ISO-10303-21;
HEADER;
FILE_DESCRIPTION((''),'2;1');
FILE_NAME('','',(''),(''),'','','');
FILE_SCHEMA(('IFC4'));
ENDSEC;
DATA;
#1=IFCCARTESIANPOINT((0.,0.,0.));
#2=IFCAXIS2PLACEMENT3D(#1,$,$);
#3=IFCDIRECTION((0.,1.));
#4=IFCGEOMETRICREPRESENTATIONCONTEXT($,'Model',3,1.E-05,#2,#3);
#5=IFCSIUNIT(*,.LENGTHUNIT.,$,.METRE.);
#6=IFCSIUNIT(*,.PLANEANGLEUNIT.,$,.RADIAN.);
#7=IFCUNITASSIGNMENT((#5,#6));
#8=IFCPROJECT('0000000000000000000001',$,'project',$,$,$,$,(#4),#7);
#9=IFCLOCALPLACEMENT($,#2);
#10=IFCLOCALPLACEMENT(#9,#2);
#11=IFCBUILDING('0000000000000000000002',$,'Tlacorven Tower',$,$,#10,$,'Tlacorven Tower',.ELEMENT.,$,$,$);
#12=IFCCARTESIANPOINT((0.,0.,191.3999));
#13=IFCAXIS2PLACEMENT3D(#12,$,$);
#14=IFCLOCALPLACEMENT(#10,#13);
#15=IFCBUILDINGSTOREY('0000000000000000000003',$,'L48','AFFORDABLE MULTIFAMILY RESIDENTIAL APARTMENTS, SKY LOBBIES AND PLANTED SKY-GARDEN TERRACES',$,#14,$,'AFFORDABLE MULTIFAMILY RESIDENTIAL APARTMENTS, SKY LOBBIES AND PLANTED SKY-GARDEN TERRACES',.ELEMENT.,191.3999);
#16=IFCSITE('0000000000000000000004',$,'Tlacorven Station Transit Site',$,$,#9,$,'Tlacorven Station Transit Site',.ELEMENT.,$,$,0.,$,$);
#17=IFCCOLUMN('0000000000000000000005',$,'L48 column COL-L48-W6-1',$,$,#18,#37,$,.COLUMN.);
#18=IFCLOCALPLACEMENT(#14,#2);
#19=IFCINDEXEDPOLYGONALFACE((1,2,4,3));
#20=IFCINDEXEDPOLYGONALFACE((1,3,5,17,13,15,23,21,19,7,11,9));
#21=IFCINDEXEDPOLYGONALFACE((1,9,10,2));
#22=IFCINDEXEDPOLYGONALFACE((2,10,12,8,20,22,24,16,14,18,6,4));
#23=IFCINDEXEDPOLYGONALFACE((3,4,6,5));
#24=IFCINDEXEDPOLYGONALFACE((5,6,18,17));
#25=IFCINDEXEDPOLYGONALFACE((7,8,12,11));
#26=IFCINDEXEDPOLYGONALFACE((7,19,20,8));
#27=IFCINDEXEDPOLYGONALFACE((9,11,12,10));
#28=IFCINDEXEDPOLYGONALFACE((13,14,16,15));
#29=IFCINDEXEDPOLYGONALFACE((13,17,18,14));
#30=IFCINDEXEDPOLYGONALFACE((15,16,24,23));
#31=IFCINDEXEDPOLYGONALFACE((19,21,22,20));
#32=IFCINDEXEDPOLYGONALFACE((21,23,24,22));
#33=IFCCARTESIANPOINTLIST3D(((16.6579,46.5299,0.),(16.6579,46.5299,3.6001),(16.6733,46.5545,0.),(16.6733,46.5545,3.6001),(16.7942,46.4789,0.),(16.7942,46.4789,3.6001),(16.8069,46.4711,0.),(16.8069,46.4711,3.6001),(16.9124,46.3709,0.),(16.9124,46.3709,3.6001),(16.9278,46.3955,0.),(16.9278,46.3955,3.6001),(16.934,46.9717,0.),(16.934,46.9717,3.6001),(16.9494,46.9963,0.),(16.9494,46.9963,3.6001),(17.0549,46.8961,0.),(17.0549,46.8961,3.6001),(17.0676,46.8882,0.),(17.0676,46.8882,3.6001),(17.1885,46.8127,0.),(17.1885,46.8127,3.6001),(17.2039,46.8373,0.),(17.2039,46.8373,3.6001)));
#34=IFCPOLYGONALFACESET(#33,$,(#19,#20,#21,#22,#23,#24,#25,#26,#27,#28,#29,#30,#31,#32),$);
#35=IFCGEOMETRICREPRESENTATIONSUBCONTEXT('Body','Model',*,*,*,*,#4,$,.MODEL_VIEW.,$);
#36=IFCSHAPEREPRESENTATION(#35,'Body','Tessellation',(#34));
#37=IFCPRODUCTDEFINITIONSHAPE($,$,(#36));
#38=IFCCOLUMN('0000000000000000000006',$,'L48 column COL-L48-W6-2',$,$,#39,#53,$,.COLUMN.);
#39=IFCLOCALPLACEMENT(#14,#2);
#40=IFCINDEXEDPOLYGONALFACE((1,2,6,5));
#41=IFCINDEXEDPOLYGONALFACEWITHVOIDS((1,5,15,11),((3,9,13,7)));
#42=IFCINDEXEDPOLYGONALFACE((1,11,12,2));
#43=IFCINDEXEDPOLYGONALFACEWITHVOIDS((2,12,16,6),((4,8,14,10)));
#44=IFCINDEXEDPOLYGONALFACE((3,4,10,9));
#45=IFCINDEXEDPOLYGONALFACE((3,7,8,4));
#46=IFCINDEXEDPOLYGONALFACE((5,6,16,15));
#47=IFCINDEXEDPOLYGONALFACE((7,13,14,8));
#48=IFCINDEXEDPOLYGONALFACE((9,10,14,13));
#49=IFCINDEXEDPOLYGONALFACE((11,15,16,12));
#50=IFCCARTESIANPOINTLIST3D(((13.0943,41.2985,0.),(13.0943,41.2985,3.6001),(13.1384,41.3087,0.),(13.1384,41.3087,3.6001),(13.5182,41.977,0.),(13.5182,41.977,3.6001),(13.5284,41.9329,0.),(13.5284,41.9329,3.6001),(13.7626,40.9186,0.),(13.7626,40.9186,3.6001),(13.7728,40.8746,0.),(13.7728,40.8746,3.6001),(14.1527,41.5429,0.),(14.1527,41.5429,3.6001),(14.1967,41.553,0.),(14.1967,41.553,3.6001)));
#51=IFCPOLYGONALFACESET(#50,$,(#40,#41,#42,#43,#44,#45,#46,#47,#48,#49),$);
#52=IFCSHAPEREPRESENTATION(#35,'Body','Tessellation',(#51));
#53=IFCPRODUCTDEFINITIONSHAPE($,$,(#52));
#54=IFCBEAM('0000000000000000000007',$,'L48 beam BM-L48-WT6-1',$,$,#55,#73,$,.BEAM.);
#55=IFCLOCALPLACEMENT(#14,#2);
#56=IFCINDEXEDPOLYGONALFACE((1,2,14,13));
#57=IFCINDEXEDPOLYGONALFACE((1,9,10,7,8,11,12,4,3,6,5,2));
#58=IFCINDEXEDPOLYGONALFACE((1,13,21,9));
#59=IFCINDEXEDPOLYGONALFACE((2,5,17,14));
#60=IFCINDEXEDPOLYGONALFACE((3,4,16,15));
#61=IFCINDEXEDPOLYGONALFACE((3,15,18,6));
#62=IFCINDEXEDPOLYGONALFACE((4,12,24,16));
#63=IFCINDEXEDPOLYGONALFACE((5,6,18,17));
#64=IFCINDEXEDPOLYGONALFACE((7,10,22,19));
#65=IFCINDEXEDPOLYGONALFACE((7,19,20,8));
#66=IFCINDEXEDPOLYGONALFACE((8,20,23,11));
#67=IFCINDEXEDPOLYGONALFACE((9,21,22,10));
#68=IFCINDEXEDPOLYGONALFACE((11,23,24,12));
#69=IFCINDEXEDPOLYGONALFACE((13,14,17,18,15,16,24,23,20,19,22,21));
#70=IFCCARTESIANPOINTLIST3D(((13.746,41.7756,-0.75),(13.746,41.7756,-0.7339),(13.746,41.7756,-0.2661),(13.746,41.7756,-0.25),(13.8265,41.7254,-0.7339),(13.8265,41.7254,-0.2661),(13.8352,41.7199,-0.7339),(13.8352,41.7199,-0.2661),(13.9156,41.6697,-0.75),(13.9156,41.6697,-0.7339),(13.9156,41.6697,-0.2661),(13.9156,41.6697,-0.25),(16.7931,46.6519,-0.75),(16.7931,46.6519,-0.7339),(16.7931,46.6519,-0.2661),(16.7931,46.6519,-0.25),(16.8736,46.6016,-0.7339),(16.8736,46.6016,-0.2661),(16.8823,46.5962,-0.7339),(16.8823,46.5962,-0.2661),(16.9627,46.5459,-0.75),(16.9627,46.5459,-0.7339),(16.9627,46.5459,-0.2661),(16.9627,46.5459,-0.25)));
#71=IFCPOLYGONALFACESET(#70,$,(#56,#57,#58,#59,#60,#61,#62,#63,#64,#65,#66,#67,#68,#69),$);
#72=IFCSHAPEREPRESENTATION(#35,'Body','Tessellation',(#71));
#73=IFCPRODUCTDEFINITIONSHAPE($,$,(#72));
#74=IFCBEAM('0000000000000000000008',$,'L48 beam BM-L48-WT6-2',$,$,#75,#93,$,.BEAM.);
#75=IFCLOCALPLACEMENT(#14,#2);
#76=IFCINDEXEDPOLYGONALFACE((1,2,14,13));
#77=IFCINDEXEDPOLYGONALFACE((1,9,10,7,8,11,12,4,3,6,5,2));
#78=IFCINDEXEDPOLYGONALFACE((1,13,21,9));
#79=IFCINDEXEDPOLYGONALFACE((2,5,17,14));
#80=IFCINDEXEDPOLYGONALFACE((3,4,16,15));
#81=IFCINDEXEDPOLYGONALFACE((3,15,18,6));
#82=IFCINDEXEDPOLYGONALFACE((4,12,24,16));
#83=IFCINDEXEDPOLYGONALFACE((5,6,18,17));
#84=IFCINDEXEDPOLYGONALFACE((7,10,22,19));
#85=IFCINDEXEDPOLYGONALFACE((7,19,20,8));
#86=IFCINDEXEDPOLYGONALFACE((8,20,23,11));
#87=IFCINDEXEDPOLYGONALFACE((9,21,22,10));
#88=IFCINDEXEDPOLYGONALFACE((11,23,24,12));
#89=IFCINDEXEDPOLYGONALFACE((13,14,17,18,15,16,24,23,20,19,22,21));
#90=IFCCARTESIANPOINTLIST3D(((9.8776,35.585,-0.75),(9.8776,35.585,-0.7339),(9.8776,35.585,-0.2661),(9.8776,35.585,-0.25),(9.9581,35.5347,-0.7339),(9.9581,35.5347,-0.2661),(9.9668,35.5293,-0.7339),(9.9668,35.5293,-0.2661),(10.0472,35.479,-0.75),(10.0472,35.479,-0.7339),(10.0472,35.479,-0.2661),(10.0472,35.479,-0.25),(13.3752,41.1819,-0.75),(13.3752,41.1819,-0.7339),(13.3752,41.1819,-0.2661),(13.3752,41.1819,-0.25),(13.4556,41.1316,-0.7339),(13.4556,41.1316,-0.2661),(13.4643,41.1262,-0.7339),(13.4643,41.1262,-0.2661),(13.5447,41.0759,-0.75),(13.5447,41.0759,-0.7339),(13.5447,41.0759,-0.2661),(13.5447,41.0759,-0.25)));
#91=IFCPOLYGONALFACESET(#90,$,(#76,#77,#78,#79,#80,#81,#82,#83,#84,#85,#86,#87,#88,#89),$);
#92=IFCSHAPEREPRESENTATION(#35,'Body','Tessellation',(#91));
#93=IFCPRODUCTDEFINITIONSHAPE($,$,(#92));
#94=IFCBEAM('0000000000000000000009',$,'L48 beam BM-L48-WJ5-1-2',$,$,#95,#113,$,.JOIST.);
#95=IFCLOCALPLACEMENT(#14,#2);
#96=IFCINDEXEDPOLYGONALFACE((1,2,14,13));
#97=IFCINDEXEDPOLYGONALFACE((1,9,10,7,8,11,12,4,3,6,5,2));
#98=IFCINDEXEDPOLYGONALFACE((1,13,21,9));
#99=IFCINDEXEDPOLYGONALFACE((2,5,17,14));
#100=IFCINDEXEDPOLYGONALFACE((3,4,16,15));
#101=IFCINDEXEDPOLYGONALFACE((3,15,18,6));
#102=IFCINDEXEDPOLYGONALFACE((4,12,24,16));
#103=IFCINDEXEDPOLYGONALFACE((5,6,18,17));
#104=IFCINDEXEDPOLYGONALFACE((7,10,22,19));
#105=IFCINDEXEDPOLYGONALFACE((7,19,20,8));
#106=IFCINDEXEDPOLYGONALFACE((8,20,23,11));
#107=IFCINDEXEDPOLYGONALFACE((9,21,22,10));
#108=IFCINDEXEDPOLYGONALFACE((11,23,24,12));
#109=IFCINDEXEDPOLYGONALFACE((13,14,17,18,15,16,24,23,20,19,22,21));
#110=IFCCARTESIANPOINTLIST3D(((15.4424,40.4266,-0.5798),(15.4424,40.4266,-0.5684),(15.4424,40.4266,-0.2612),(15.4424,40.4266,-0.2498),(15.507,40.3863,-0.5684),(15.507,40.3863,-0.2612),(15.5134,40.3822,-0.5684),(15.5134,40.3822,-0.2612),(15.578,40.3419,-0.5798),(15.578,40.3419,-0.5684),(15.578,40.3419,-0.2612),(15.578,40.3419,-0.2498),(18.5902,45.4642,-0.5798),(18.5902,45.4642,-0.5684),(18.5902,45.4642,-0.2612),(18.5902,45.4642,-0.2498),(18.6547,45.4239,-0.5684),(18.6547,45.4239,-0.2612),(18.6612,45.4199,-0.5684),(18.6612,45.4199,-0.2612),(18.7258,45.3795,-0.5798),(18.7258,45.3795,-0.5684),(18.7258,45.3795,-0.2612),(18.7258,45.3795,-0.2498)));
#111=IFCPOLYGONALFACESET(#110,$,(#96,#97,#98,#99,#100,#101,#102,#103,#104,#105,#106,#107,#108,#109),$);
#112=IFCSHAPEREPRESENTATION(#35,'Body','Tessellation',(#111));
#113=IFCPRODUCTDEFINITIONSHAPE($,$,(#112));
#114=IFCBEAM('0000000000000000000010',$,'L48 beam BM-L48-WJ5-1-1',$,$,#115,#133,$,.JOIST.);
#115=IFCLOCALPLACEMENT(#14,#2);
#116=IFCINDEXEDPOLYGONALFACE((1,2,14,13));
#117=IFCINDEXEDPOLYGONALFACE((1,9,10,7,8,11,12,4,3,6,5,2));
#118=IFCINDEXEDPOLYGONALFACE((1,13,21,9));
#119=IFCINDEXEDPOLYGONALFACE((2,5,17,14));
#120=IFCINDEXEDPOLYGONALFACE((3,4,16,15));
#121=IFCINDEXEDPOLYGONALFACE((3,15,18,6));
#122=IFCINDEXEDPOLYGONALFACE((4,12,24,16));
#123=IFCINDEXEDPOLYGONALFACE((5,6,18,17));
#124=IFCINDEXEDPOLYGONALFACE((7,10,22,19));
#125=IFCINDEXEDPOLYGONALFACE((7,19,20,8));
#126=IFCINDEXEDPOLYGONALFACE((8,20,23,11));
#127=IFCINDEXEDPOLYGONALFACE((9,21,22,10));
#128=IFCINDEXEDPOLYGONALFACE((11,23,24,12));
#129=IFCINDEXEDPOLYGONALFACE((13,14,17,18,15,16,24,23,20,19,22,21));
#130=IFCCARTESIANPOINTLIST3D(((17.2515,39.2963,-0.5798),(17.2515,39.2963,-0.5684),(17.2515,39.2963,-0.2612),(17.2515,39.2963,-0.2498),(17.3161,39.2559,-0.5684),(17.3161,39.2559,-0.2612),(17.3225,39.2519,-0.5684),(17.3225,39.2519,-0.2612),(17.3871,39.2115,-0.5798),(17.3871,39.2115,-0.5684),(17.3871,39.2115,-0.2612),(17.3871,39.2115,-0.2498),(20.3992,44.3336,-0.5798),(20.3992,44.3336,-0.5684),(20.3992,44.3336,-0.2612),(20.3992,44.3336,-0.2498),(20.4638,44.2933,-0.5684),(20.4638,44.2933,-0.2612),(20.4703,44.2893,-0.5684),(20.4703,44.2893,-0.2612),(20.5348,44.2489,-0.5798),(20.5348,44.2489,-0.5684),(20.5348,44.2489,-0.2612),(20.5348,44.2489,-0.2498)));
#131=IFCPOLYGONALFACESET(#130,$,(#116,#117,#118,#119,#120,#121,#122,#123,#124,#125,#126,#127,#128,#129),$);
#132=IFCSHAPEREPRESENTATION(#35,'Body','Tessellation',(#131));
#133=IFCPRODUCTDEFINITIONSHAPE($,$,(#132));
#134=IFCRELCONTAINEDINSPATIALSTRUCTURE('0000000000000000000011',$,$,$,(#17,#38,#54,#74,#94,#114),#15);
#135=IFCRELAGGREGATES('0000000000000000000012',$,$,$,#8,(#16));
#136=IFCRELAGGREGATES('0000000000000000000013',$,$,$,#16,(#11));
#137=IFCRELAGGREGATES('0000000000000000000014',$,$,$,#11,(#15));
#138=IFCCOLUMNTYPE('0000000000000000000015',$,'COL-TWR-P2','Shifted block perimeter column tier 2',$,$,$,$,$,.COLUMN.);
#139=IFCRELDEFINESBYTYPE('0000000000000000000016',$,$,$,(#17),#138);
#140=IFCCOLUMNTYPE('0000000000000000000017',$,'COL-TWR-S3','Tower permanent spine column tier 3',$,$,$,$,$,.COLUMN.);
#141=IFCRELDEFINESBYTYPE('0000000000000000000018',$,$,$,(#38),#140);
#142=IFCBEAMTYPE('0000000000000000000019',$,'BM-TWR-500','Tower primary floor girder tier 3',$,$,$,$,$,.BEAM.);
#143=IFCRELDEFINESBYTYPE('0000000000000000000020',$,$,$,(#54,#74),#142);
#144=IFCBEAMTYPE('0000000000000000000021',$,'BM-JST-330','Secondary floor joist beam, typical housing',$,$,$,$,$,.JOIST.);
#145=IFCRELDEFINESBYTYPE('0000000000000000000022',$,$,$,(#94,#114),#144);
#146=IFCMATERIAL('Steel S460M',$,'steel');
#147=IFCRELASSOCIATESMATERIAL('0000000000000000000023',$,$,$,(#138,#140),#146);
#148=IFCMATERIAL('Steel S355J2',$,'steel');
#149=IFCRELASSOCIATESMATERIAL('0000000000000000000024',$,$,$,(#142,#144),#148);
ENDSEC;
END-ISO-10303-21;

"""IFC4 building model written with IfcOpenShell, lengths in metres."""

from ifc_helpers import new_model, si_unit, direction, frame, origin, origin_2d, place, context, subcontext, project, spatial, hollow_rectangle, i_section, extrude, source, transform, mapped, material, material_profile, profile_set, type_object, element, save


model = new_model("IFC4")

# Units and contexts
model_context = context("Model", 3, precision=1e-05, world=origin(), true_north=direction((0.0, 1.0)))
body_context = subcontext(model_context, "Body", "Model", "MODEL_VIEW")
ifc_project = project(units=[si_unit("LENGTHUNIT", "METRE"), si_unit("PLANEANGLEUNIT", "RADIAN")], contexts=[model_context])

# Site, building, storey
site_placement = place(None, origin())
site = spatial("IfcSite", under=ifc_project, at=site_placement, Name="Tlacorven Station Transit Site", LongName="Tlacorven Station Transit Site", CompositionType="ELEMENT", RefElevation=0.0)
building_placement = place(site_placement, origin())
building = spatial("IfcBuilding", under=site, at=building_placement, Name="Tlacorven Tower", LongName="Tlacorven Tower", CompositionType="ELEMENT")
storey_placement = place(building_placement, frame((0.0, 0.0, 191.3999)))
storey = spatial("IfcBuildingStorey", under=building, at=storey_placement, Name="L48", Description="AFFORDABLE MULTIFAMILY RESIDENTIAL APARTMENTS, SKY LOBBIES AND PLANTED SKY-GARDEN TERRACES", LongName="AFFORDABLE MULTIFAMILY RESIDENTIAL APARTMENTS, SKY LOBBIES AND PLANTED SKY-GARDEN TERRACES", CompositionType="ELEMENT", Elevation=191.3999)

# Columns
ifc_material_1 = material(Name="Steel S460M", Category="steel")
ifc_material_profile_1 = material_profile(ifc_material_1, i_section(OverallWidth=0.3, OverallDepth=0.55, WebThickness=0.0149, FlangeThickness=0.0291, at=origin_2d()), Name="HEB 550")
ifc_profile_set_1 = profile_set([ifc_material_profile_1], Name="Steel S460M")
column_type_1 = type_object("IfcColumnType", Name="COL-TWR-P2", Description="Shifted block perimeter column tier 2", PredefinedType="COLUMN", material=ifc_profile_set_1)
shared_shape_1 = source(origin(), body_context, "Body", "SweptSolid", [
    extrude(i_section(OverallWidth=0.3, OverallDepth=0.55, WebThickness=0.0149, FlangeThickness=0.0291, at=origin_2d()), origin(), (0.0, 0.0, 1.0), 3.6001),
])
column_1_placement = place(storey_placement, frame((16.9309, 46.6836, 0.0), z_axis=(0.0, 0.0, 1.0), x_axis=(-0.848048, 0.529919, 0.0)))
element("IfcColumn", 1, at=column_1_placement, inside=storey, type_object=column_type_1, Name="L48 column COL-L48-W6-1", PredefinedType="COLUMN", context=body_context, shape_type="MappedRepresentation", body=[
    mapped(shared_shape_1, transform((0.0, 0.0, 0.0), scale=1.0)),
])
ifc_material_profile_2 = material_profile(ifc_material_1, hollow_rectangle(XDim=0.8, YDim=0.8, WallThickness=0.032, at=origin_2d()), Name="BOX 800X800X32")
ifc_profile_set_2 = profile_set([ifc_material_profile_2], Name="Steel S460M")
column_type_2 = type_object("IfcColumnType", Name="COL-TWR-S3", Description="Tower permanent spine column tier 3", PredefinedType="COLUMN", material=ifc_profile_set_2)
shared_shape_2 = source(origin(), body_context, "Body", "SweptSolid", [
    extrude(hollow_rectangle(XDim=0.8, YDim=0.8, WallThickness=0.032, at=origin_2d()), origin(), (0.0, 0.0, 1.0), 3.6001),
])
column_2_placement = place(storey_placement, frame((13.6455, 41.4258, 0.0), z_axis=(0.0, 0.0, 1.0), x_axis=(-0.848048, 0.529919, 0.0)))
element("IfcColumn", 2, at=column_2_placement, inside=storey, type_object=column_type_2, Name="L48 column COL-L48-W6-2", PredefinedType="COLUMN", context=body_context, shape_type="MappedRepresentation", body=[
    mapped(shared_shape_2, transform((0.0, 0.0, 0.0), scale=1.0)),
])

# Beams
ifc_material_2 = material(Name="Steel S355J2", Category="steel")
ifc_material_profile_3 = material_profile(ifc_material_2, i_section(OverallWidth=0.2, OverallDepth=0.5, WebThickness=0.0103, FlangeThickness=0.0161, at=origin_2d()), Name="IPE 500")
ifc_profile_set_3 = profile_set([ifc_material_profile_3], Name="Steel S355J2")
beam_type_1 = type_object("IfcBeamType", Name="BM-TWR-500", Description="Tower primary floor girder tier 3", PredefinedType="BEAM", material=ifc_profile_set_3)
shared_shape_3 = source(origin(), body_context, "Body", "SweptSolid", [
    extrude(i_section(OverallWidth=0.2, OverallDepth=0.5, WebThickness=0.0103, FlangeThickness=0.0161, at=origin_2d()), origin(), (0.0, 0.0, 1.0), 5.75),
])
beam_1_placement = place(storey_placement, frame((16.8779, 46.5989, -0.5), z_axis=(-0.529934, -0.848039, 0.0), x_axis=(0.848039, -0.529934, 0.0)))
element("IfcBeam", 3, at=beam_1_placement, inside=storey, type_object=beam_type_1, Name="L48 beam BM-L48-WT6-1", PredefinedType="BEAM", context=body_context, shape_type="MappedRepresentation", body=[
    mapped(shared_shape_3, transform((0.0, 0.0, 0.0), scale=1.0)),
])
shared_shape_4 = source(origin(), body_context, "Body", "SweptSolid", [
    extrude(i_section(OverallWidth=0.2, OverallDepth=0.5, WebThickness=0.0103, FlangeThickness=0.0161, at=origin_2d()), origin(), (0.0, 0.0, 1.0), 6.5999),
])
beam_2_placement = place(storey_placement, frame((13.46, 41.1289, -0.5), z_axis=(-0.529942, -0.848034, 0.0), x_axis=(0.848034, -0.529942, 0.0)))
element("IfcBeam", 4, at=beam_2_placement, inside=storey, type_object=beam_type_1, Name="L48 beam BM-L48-WT6-2", PredefinedType="BEAM", context=body_context, shape_type="MappedRepresentation", body=[
    mapped(shared_shape_4, transform((0.0, 0.0, 0.0), scale=1.0)),
])
ifc_material_profile_4 = material_profile(ifc_material_2, i_section(OverallWidth=0.1599, OverallDepth=0.3301, WebThickness=0.0076, FlangeThickness=0.0115, at=origin_2d()), Name="IPE 330")
ifc_profile_set_4 = profile_set([ifc_material_profile_4], Name="Steel S355J2")
beam_type_2 = type_object("IfcBeamType", Name="BM-JST-330", Description="Secondary floor joist beam, typical housing", PredefinedType="JOIST", material=ifc_profile_set_4)
shared_shape_5 = source(origin(), body_context, "Body", "SweptSolid", [
    extrude(i_section(OverallWidth=0.1599, OverallDepth=0.3301, WebThickness=0.0076, FlangeThickness=0.0115, at=origin_2d()), origin(), (0.0, 0.0, 1.0), 5.9402),
])
beam_3_placement = place(storey_placement, frame((18.658, 45.4219, -0.4148), z_axis=(-0.529903, -0.848058, 0.0), x_axis=(0.848058, -0.529903, 0.0)))
element("IfcBeam", 5, at=beam_3_placement, inside=storey, type_object=beam_type_2, Name="L48 beam BM-L48-WJ5-1-2", PredefinedType="JOIST", context=body_context, shape_type="MappedRepresentation", body=[
    mapped(shared_shape_5, transform((0.0, 0.0, 0.0), scale=1.0)),
])
shared_shape_6 = source(origin(), body_context, "Body", "SweptSolid", [
    extrude(i_section(OverallWidth=0.1599, OverallDepth=0.3301, WebThickness=0.0076, FlangeThickness=0.0115, at=origin_2d()), origin(), (0.0, 0.0, 1.0), 5.9399),
])
beam_4_placement = place(storey_placement, frame((20.467, 44.2913, -0.4148), z_axis=(-0.529921, -0.848047, 0.0), x_axis=(0.848047, -0.529921, 0.0)))
element("IfcBeam", 6, at=beam_4_placement, inside=storey, type_object=beam_type_2, Name="L48 beam BM-L48-WJ5-1-1", PredefinedType="JOIST", context=body_context, shape_type="MappedRepresentation", body=[
    mapped(shared_shape_6, transform((0.0, 0.0, 0.0), scale=1.0)),
])

save(model, "model.ifc")
